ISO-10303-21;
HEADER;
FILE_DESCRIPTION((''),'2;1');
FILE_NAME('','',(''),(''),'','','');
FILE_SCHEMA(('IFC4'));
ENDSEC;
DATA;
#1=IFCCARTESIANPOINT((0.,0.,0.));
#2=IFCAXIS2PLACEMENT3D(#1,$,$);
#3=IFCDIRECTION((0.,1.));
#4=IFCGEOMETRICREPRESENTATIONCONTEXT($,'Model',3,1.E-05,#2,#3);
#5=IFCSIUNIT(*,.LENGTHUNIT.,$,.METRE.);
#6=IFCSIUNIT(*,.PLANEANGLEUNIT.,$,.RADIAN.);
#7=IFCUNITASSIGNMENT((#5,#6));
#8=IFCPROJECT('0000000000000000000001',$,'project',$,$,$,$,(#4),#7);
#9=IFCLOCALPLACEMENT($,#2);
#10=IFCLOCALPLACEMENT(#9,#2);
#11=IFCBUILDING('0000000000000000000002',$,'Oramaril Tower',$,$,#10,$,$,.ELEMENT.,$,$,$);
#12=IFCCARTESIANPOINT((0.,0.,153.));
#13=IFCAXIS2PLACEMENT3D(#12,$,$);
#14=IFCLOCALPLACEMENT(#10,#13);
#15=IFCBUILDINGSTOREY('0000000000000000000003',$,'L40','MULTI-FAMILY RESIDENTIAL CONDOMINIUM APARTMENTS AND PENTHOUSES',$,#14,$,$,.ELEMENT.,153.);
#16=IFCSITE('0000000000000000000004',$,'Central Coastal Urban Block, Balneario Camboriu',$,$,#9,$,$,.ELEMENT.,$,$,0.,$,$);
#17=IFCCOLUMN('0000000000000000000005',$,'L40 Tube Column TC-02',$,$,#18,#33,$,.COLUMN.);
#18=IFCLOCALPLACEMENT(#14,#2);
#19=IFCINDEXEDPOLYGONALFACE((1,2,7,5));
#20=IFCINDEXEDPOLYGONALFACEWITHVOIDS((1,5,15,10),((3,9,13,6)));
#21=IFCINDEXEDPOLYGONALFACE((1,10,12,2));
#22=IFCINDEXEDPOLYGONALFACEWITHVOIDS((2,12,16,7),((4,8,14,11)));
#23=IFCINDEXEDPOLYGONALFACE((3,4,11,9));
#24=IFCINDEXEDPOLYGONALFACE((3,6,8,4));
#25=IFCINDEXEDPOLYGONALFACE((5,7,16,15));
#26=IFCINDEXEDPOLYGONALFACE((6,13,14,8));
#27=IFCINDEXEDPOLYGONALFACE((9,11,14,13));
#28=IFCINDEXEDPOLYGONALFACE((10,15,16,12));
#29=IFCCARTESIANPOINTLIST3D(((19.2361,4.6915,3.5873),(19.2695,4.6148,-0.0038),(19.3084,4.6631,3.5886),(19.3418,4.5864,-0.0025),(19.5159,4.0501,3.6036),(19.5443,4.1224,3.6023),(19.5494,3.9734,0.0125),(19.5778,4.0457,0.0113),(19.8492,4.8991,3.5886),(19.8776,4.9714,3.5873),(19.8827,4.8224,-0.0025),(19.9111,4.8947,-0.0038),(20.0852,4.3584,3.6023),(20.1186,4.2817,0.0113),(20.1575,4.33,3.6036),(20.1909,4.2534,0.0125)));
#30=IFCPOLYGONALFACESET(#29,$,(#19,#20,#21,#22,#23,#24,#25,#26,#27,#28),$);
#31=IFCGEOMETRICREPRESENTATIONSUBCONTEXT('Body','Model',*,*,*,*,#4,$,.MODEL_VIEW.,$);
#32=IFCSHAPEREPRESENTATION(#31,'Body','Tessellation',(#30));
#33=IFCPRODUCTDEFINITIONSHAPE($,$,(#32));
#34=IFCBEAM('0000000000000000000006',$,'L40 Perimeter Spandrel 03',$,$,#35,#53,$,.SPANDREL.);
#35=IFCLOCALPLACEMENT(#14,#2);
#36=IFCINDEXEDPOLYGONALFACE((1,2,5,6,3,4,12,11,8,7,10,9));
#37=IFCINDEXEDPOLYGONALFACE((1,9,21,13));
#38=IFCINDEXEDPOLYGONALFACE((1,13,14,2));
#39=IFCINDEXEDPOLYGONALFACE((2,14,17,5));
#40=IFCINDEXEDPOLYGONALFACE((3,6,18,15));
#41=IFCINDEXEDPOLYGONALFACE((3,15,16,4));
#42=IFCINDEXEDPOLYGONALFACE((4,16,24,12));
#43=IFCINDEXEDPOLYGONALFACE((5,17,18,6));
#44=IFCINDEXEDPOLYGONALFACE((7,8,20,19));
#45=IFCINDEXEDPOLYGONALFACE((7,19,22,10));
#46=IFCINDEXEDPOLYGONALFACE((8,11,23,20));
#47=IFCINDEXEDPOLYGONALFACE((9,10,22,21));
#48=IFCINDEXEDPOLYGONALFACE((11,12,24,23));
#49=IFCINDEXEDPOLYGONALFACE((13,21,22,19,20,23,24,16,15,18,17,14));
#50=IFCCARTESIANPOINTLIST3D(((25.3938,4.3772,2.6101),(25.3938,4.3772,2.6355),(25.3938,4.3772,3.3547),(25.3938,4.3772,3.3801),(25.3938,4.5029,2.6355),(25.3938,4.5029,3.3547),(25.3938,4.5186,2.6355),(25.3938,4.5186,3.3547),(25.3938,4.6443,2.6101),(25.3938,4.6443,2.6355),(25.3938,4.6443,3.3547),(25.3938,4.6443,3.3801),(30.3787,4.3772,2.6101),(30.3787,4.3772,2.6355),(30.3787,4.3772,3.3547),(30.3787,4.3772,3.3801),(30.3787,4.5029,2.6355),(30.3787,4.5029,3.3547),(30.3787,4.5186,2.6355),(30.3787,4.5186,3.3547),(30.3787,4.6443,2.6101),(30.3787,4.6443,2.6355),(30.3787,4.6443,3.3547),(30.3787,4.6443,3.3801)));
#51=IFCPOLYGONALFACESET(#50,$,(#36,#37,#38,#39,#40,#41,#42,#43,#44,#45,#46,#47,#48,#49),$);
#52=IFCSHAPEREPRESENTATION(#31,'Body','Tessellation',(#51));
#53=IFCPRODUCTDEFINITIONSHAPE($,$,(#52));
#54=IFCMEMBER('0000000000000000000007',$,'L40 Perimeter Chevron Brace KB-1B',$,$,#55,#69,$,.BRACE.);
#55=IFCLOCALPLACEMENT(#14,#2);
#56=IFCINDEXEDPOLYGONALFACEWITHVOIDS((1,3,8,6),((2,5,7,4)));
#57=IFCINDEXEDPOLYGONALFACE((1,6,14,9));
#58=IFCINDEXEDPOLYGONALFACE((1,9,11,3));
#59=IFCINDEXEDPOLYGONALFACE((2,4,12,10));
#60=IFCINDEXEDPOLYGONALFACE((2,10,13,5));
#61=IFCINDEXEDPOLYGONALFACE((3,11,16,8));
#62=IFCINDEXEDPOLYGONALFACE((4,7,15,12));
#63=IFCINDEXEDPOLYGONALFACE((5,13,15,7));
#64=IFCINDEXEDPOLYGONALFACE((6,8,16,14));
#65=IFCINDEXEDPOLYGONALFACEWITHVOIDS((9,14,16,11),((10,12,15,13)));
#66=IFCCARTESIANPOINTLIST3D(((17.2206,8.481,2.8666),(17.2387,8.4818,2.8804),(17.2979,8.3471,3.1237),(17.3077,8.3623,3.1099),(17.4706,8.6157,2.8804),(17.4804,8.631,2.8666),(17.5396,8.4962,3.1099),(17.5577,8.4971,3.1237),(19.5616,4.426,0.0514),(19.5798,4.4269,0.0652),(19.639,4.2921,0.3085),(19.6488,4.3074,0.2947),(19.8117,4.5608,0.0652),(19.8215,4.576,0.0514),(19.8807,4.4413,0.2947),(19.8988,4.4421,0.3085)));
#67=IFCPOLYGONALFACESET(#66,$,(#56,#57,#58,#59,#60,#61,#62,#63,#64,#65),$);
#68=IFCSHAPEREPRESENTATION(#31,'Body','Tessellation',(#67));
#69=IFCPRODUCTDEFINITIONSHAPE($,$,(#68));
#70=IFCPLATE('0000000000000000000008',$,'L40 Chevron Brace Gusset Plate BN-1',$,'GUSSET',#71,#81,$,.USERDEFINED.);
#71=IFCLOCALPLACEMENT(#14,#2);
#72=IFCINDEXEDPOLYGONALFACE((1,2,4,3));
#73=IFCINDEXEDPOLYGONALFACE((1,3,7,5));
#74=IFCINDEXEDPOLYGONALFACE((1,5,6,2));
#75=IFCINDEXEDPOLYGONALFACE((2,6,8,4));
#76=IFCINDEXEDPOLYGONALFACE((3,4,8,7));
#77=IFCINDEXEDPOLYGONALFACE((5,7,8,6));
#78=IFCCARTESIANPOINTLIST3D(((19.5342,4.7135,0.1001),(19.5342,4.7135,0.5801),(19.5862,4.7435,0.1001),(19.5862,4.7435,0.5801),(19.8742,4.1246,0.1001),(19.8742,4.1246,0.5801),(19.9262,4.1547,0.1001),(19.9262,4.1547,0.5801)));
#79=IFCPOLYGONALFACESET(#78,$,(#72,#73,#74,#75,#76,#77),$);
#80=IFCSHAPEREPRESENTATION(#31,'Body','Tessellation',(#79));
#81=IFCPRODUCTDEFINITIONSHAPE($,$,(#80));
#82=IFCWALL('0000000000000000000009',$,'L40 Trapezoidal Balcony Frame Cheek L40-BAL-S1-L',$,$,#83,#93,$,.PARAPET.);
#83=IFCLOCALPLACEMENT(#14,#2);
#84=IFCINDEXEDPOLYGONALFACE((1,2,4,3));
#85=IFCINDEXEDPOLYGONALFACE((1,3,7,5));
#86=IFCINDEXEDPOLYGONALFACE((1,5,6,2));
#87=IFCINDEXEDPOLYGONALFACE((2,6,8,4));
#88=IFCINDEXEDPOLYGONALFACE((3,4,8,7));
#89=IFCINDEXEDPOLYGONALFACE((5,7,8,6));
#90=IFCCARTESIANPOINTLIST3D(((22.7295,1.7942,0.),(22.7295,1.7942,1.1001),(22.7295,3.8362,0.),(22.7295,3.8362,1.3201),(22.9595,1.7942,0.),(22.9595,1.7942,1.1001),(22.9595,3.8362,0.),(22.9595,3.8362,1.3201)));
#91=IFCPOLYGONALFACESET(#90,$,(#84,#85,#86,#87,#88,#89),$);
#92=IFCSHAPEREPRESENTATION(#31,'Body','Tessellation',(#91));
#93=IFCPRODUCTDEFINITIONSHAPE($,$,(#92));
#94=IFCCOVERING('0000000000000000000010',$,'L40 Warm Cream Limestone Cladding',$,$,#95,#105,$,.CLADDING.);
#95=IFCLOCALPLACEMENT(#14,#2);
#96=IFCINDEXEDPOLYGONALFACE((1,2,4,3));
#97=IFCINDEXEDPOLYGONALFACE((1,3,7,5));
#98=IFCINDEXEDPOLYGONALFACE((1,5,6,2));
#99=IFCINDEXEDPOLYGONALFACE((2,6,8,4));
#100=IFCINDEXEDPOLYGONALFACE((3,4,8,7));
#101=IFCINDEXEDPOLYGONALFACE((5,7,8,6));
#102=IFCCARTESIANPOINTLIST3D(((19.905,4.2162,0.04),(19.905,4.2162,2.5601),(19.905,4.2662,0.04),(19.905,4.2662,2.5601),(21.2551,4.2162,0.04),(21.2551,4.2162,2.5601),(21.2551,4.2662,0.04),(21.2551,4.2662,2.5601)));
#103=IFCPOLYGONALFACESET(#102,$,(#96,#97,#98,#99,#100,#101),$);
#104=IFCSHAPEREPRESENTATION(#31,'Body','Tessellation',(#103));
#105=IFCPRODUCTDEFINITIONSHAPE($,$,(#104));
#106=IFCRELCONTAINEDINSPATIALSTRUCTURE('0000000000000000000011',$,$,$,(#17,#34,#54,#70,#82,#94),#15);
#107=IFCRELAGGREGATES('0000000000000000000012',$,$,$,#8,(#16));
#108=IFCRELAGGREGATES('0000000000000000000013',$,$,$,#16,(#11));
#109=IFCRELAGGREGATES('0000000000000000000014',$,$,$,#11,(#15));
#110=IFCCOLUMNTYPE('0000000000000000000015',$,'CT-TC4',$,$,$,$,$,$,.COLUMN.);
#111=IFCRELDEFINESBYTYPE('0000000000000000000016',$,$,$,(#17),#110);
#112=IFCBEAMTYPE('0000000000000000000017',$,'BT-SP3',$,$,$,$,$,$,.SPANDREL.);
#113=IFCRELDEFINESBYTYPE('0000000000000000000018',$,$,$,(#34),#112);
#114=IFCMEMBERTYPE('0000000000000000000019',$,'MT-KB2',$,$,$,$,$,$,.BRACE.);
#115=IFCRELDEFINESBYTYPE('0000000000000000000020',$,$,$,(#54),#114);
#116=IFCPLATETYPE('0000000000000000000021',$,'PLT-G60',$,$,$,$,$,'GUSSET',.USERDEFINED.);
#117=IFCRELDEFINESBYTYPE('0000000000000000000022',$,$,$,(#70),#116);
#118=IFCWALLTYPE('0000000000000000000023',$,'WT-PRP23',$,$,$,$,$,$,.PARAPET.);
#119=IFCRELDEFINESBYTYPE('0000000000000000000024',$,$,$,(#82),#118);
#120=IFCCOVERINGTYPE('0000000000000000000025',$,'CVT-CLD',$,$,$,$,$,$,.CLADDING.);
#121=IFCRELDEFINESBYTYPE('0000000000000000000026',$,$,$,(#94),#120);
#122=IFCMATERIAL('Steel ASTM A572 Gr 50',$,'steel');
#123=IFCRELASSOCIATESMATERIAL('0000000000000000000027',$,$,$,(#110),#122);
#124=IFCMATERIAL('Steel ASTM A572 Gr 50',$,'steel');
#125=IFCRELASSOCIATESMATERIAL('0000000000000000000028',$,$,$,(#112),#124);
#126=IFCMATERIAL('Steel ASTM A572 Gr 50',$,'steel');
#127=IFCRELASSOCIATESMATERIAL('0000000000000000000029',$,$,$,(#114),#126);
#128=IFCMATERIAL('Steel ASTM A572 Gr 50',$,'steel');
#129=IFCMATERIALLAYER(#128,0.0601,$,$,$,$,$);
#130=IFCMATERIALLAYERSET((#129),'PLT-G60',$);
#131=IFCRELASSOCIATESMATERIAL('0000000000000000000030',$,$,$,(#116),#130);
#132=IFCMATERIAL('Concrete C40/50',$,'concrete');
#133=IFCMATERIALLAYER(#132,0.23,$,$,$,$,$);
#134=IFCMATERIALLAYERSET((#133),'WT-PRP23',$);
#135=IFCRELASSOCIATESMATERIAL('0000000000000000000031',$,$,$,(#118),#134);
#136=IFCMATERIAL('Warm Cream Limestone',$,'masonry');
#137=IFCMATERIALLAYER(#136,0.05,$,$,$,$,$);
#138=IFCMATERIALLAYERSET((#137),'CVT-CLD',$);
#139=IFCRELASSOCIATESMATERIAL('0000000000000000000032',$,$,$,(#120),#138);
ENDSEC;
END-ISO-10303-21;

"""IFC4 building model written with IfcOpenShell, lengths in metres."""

from ifc_helpers import new_model, si_unit, direction, frame, origin, origin_2d, place, context, subcontext, project, spatial, polyline, rectangle, hollow_rectangle, i_section, outline, extrude, material, layer, layer_set, material_profile, profile_set, type_object, element, save


model = new_model("IFC4")

# Units and contexts
model_context = context("Model", 3, precision=1e-05, world=origin(), true_north=direction((0.0, 1.0)))
body_context = subcontext(model_context, "Body", "Model", "MODEL_VIEW")
ifc_project = project(units=[si_unit("LENGTHUNIT", "METRE"), si_unit("PLANEANGLEUNIT", "RADIAN")], contexts=[model_context])

# Site, building, storey
site_placement = place(None, origin())
site = spatial("IfcSite", under=ifc_project, at=site_placement, Name="Central Coastal Urban Block, Balneario Camboriu", CompositionType="ELEMENT", RefElevation=0.0)
building_placement = place(site_placement, origin())
building = spatial("IfcBuilding", under=site, at=building_placement, Name="Oramaril Tower", CompositionType="ELEMENT")
storey_placement = place(building_placement, frame((0.0, 0.0, 153.0)))
storey = spatial("IfcBuildingStorey", under=building, at=storey_placement, Name="L40", Description="MULTI-FAMILY RESIDENTIAL CONDOMINIUM APARTMENTS AND PENTHOUSES", CompositionType="ELEMENT", Elevation=153.0)

# Column
ifc_material_1 = material(Name="Steel ASTM A572 Gr 50", Category="steel")
ifc_material_profile_1 = material_profile(ifc_material_1, hollow_rectangle(XDim=0.7, YDim=0.7, WallThickness=0.0549, at=origin_2d()), Name="BOX700X700X55")
ifc_profile_set_1 = profile_set([ifc_material_profile_1], Name="Steel ASTM A572 Gr 50")
column_type = type_object("IfcColumnType", Name="CT-TC4", PredefinedType="COLUMN", material=ifc_profile_set_1)
column_placement = place(storey_placement, frame((19.7302, 4.4341, 0.0044), z_axis=(-0.009312, 0.021342, 0.999729), x_axis=(-0.916559, -0.3999, 0.0)))
element("IfcColumn", 1, at=column_placement, inside=storey, type_object=column_type, Name="L40 Tube Column TC-02", PredefinedType="COLUMN", context=body_context, shape_type="SweptSolid", body=[
    extrude(hollow_rectangle(XDim=0.7, YDim=0.7, WallThickness=0.0549, at=origin_2d()), origin(), (0.0, 0.0, 1.0), 3.592),
])

# Beam
ifc_material_2 = material(Name="Steel ASTM A572 Gr 50", Category="steel")
ifc_material_profile_2 = material_profile(ifc_material_2, i_section(OverallWidth=0.2671, OverallDepth=0.77, WebThickness=0.0156, FlangeThickness=0.0254, at=origin_2d()), Name="W30X132")
ifc_profile_set_2 = profile_set([ifc_material_profile_2], Name="Steel ASTM A572 Gr 50")
beam_type = type_object("IfcBeamType", Name="BT-SP3", PredefinedType="SPANDREL", material=ifc_profile_set_2)
beam_placement = place(storey_placement, frame((25.3938, 4.5107, 2.9951), z_axis=(1.0, 0.0, 0.0), x_axis=(0.0, 1.0, 0.0)))
element("IfcBeam", 2, at=beam_placement, inside=storey, type_object=beam_type, Name="L40 Perimeter Spandrel 03", PredefinedType="SPANDREL", context=body_context, shape_type="SweptSolid", body=[
    extrude(i_section(OverallWidth=0.2671, OverallDepth=0.77, WebThickness=0.0156, FlangeThickness=0.0254, at=origin_2d()), origin(), (0.0, 0.0, 1.0), 4.9849),
])

# Member
ifc_material_3 = material(Name="Steel ASTM A572 Gr 50", Category="steel")
ifc_material_profile_3 = material_profile(ifc_material_3, hollow_rectangle(XDim=0.3, YDim=0.3, WallThickness=0.0161, at=origin_2d()), Name="HSS300X300X16")
ifc_profile_set_3 = profile_set([ifc_material_profile_3], Name="Steel ASTM A572 Gr 50")
member_type = type_object("IfcMemberType", Name="MT-KB2", PredefinedType="BRACE", material=ifc_profile_set_3)
member_placement = place(storey_placement, frame((19.7302, 4.4341, 0.1799), z_axis=(-0.428503, 0.742204, 0.515284), x_axis=(-0.86603, -0.499992, 0.0)))
element("IfcMember", 3, at=member_placement, inside=storey, type_object=member_type, Name="L40 Perimeter Chevron Brace KB-1B", PredefinedType="BRACE", context=body_context, shape_type="SweptSolid", body=[
    extrude(hollow_rectangle(XDim=0.3, YDim=0.3, WallThickness=0.0161, at=origin_2d()), origin(), (0.0, 0.0, 1.0), 5.4634),
])

# Plate
ifc_material_4 = material(Name="Steel ASTM A572 Gr 50", Category="steel")
ifc_layer_1 = layer(ifc_material_4, 0.0601)
ifc_layer_set_1 = layer_set([ifc_layer_1], Name="PLT-G60")
plate_type = type_object("IfcPlateType", Name="PLT-G60", ElementType="GUSSET", PredefinedType="USERDEFINED", material=ifc_layer_set_1)
plate_placement = place(storey_placement, frame((19.7302, 4.4341, 0.1001), z_axis=(0.0, 0.0, 1.0), x_axis=(0.5, -0.866025, 0.0)))
element("IfcPlate", 4, at=plate_placement, inside=storey, type_object=plate_type, Name="L40 Chevron Brace Gusset Plate BN-1", ObjectType="GUSSET", PredefinedType="USERDEFINED", context=body_context, shape_type="SweptSolid", body=[
    extrude(rectangle(XDim=0.6799, YDim=0.0601, at=origin_2d()), origin(), (0.0, 0.0, 1.0), 0.48),
])

# Wall
ifc_material_5 = material(Name="Concrete C40/50", Category="concrete")
ifc_layer_2 = layer(ifc_material_5, 0.23)
ifc_layer_set_2 = layer_set([ifc_layer_2], Name="WT-PRP23")
wall_type_1 = type_object("IfcWallType", Name="WT-PRP23", PredefinedType="PARAPET", material=ifc_layer_set_2)
wall_1_placement = place(storey_placement, frame((22.8445, 3.8362, 0.0), z_axis=(0.0, 0.0, 1.0), x_axis=(0.0, -1.0, 0.0)))
element("IfcWall", 5, at=wall_1_placement, inside=storey, type_object=wall_type_1, Name="L40 Trapezoidal Balcony Frame Cheek L40-BAL-S1-L", PredefinedType="PARAPET", context=body_context, shape_type="SweptSolid", body=[
    extrude(outline(polyline([(0.0, 0.0), (2.042, 0.0), (2.042, 1.1001), (0.0, 1.3201), (0.0, 0.0)])), frame((0.0, 0.115, 0.0), z_axis=(0.0, -1.0, 0.0), x_axis=(1.0, 0.0, 0.0)), (0.0, 0.0, 1.0), 0.23),
])

# Covering
ifc_material_6 = material(Name="Warm Cream Limestone", Category="masonry")
ifc_layer_3 = layer(ifc_material_6, 0.05)
ifc_layer_set_3 = layer_set([ifc_layer_3], Name="CVT-CLD")
covering_type = type_object("IfcCoveringType", Name="CVT-CLD", PredefinedType="CLADDING", material=ifc_layer_set_3)
covering_placement = place(storey_placement, frame((20.5801, 4.2412, 0.04), z_axis=(0.0, 0.0, 1.0), x_axis=(1.0, 0.0, 0.0)))
element("IfcCovering", 6, at=covering_placement, inside=storey, type_object=covering_type, Name="L40 Warm Cream Limestone Cladding", PredefinedType="CLADDING", context=body_context, shape_type="SweptSolid", body=[
    extrude(rectangle(XDim=1.3501, YDim=0.05, at=origin_2d()), origin(), (0.0, 0.0, 1.0), 2.52),
])

save(model, "model.ifc")
